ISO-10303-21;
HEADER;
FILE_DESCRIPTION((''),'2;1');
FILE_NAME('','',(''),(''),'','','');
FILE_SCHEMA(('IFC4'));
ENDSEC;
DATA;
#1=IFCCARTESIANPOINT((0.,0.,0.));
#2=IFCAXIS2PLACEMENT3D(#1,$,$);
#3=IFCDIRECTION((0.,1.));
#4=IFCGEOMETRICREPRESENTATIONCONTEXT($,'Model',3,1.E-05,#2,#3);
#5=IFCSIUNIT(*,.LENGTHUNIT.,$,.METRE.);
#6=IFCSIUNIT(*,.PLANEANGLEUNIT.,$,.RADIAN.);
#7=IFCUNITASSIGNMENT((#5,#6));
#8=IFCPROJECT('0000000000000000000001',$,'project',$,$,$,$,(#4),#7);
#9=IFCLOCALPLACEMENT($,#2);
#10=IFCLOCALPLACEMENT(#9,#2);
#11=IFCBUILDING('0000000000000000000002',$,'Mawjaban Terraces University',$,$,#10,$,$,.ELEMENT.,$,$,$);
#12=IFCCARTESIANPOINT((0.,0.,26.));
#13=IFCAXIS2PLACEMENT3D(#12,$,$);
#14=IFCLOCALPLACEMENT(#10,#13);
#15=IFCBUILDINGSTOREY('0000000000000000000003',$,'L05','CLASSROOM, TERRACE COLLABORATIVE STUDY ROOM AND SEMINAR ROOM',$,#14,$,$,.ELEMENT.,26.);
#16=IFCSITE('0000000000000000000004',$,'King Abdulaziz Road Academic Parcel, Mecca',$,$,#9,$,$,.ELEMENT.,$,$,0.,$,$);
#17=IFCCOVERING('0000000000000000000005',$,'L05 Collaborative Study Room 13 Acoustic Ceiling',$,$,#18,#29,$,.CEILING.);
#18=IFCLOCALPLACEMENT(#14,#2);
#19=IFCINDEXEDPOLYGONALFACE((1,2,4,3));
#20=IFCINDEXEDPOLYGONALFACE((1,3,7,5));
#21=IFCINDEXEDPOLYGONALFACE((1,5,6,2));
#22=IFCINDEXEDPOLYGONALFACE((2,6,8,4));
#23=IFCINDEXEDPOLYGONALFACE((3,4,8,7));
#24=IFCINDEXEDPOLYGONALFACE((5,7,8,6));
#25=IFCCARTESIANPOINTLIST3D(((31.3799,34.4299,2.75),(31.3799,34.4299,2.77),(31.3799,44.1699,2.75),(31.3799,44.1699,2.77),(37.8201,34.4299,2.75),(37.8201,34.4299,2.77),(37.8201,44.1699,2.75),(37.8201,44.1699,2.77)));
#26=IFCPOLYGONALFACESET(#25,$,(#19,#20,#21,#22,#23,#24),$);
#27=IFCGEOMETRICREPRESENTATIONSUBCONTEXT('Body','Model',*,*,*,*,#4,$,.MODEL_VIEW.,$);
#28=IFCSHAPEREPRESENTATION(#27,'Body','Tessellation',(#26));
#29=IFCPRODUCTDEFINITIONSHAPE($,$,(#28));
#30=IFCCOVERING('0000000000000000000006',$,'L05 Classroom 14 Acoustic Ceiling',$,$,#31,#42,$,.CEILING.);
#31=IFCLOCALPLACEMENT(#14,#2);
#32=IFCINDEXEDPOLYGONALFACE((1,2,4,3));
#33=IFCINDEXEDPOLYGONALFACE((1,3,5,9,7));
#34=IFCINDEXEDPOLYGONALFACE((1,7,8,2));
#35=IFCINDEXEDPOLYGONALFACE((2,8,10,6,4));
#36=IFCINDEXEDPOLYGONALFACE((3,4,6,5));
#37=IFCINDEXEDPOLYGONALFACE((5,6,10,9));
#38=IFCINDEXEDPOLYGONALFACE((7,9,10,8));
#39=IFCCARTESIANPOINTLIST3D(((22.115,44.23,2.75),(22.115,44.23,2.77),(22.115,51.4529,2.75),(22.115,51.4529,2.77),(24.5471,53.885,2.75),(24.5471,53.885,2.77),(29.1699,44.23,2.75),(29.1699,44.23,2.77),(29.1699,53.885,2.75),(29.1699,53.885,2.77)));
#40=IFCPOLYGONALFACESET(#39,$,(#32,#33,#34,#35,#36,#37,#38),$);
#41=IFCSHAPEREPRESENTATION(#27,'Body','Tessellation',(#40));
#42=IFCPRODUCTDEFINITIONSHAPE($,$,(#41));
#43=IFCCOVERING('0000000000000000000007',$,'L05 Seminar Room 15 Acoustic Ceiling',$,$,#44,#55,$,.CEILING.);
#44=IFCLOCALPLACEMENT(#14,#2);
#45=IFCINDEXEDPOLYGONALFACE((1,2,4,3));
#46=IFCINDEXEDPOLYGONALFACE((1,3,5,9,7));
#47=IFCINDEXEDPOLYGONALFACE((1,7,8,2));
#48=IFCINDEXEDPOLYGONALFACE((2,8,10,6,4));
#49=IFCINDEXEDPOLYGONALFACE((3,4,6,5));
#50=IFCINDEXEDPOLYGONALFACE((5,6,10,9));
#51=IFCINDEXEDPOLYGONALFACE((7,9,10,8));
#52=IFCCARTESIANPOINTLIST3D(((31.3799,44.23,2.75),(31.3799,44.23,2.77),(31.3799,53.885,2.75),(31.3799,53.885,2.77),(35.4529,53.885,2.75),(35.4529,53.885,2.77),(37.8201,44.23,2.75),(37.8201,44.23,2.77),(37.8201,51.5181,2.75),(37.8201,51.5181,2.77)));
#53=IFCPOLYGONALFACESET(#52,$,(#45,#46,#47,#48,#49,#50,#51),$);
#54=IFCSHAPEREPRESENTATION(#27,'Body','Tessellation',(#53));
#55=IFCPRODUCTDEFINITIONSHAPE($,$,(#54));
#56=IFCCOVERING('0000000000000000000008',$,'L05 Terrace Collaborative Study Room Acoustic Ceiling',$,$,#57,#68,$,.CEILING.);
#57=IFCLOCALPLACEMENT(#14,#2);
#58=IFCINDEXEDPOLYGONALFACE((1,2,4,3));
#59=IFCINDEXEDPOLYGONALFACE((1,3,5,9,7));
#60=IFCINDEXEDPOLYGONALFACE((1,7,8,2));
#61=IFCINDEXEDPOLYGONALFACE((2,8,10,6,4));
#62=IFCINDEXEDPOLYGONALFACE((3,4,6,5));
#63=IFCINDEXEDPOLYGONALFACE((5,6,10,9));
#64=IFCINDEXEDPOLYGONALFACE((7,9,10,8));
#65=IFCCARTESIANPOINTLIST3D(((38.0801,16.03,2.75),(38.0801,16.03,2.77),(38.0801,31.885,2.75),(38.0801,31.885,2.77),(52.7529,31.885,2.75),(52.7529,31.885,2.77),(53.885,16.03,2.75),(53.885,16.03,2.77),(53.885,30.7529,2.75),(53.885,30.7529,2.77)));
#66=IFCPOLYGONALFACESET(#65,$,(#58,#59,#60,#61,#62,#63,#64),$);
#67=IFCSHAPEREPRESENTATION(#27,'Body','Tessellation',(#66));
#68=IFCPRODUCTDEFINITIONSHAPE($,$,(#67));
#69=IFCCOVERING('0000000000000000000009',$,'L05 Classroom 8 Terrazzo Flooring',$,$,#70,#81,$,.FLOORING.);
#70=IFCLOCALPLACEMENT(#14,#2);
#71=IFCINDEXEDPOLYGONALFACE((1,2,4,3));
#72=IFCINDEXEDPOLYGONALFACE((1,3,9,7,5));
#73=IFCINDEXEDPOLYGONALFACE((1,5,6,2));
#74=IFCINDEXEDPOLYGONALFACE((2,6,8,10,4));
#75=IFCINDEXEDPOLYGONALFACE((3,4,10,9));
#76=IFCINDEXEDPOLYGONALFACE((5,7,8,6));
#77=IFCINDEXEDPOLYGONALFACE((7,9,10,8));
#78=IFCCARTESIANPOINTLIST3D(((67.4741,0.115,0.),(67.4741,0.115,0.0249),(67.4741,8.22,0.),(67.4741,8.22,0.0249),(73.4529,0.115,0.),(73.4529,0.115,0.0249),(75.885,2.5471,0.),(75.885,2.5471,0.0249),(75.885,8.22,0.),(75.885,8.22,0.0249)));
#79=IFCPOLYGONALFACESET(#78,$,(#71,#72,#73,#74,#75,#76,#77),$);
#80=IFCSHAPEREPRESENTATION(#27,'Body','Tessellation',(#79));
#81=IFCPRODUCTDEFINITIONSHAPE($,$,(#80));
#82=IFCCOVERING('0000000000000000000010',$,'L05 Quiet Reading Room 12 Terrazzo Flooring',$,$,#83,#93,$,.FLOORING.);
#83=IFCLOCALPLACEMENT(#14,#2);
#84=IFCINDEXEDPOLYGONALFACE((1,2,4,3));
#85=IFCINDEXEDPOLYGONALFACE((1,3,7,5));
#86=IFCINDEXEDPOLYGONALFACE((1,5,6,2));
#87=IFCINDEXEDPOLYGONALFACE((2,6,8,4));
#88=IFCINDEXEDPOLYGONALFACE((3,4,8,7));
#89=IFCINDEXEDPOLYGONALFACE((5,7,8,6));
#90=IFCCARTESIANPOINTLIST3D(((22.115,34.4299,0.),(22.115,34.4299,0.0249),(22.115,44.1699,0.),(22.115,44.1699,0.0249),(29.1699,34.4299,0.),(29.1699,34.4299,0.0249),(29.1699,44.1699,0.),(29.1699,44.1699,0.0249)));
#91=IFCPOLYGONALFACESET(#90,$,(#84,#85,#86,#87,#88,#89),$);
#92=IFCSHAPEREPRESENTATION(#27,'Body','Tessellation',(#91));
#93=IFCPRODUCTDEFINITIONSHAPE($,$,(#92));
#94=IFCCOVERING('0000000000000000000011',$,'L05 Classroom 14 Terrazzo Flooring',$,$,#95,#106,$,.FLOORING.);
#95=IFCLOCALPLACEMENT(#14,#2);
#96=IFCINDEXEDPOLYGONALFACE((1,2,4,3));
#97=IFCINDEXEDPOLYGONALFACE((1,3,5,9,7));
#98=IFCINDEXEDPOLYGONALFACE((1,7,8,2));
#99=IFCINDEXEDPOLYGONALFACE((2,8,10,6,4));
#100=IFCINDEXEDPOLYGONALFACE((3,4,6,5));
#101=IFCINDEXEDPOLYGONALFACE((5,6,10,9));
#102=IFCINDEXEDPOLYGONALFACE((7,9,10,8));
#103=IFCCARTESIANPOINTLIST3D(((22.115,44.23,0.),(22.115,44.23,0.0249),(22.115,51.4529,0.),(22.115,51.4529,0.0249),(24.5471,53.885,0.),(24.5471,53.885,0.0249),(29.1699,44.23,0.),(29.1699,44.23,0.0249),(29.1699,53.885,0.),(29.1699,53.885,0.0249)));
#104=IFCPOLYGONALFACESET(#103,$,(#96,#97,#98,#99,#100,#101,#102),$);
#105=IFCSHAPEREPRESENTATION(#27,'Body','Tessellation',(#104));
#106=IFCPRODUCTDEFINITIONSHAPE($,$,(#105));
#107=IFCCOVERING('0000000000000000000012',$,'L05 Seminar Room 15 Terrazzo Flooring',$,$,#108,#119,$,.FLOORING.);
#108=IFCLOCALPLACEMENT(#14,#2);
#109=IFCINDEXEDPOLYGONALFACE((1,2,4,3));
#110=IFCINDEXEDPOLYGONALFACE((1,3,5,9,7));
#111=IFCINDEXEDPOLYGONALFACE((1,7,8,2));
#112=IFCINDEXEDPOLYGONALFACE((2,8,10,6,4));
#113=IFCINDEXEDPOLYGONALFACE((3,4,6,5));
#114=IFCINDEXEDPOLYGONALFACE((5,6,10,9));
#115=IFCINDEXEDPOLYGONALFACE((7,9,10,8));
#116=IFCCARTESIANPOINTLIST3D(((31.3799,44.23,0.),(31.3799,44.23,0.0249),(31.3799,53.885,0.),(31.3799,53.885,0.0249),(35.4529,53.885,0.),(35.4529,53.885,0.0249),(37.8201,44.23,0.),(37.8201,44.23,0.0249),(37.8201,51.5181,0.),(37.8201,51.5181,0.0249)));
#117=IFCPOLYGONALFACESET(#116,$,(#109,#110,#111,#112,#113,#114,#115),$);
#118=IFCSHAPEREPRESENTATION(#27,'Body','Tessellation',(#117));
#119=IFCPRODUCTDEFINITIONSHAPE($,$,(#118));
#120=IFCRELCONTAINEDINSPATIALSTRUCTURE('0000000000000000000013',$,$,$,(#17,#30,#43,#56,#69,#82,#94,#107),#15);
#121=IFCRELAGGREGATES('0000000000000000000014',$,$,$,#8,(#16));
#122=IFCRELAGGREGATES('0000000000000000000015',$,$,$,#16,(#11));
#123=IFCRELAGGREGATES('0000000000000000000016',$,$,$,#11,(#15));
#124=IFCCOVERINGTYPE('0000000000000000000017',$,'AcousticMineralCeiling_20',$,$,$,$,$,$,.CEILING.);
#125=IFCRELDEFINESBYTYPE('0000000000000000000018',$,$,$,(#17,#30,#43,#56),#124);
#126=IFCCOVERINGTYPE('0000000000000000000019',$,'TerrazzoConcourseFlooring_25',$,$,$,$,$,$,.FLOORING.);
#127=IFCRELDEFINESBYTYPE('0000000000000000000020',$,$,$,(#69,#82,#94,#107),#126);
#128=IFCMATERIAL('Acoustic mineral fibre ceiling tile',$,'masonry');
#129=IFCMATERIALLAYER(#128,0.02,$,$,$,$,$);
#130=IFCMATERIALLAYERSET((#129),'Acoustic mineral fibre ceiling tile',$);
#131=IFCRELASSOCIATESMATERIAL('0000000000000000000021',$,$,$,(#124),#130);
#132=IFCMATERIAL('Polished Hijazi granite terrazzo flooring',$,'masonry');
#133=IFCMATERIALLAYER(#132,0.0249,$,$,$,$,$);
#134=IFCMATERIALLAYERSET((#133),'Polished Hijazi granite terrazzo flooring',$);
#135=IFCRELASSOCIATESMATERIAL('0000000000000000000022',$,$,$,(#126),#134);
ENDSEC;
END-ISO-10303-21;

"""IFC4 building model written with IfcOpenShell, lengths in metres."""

from ifc_helpers import new_model, si_unit, direction, frame, origin, place, context, subcontext, project, spatial, polyline, outline, extrude, material, layer, layer_set, type_object, element, save


model = new_model("IFC4")

# Units and contexts
model_context = context("Model", 3, precision=1e-05, world=origin(), true_north=direction((0.0, 1.0)))
body_context = subcontext(model_context, "Body", "Model", "MODEL_VIEW")
ifc_project = project(units=[si_unit("LENGTHUNIT", "METRE"), si_unit("PLANEANGLEUNIT", "RADIAN")], contexts=[model_context])

# Site, building, storey
site_placement = place(None, origin())
site = spatial("IfcSite", under=ifc_project, at=site_placement, Name="King Abdulaziz Road Academic Parcel, Mecca", CompositionType="ELEMENT", RefElevation=0.0)
building_placement = place(site_placement, origin())
building = spatial("IfcBuilding", under=site, at=building_placement, Name="Mawjaban Terraces University", CompositionType="ELEMENT")
storey_placement = place(building_placement, frame((0.0, 0.0, 26.0)))
storey = spatial("IfcBuildingStorey", under=building, at=storey_placement, Name="L05", Description="CLASSROOM, TERRACE COLLABORATIVE STUDY ROOM AND SEMINAR ROOM", CompositionType="ELEMENT", Elevation=26.0)

# Coverings
ifc_material_1 = material(Name="Acoustic mineral fibre ceiling tile", Category="masonry")
ifc_layer_1 = layer(ifc_material_1, 0.02)
ifc_layer_set_1 = layer_set([ifc_layer_1], Name="Acoustic mineral fibre ceiling tile")
covering_type_1 = type_object("IfcCoveringType", Name="AcousticMineralCeiling_20", PredefinedType="CEILING", material=ifc_layer_set_1)
covering_1_placement = place(storey_placement, frame((0.0, 0.0, 2.75)))
element("IfcCovering", 1, at=covering_1_placement, inside=storey, type_object=covering_type_1, Name="L05 Collaborative Study Room 13 Acoustic Ceiling", PredefinedType="CEILING", context=body_context, shape_type="SweptSolid", body=[
    extrude(outline(polyline([(37.8201, 34.4299), (37.8201, 44.1699), (31.3799, 44.1699), (31.3799, 34.4299), (37.8201, 34.4299)])), origin(), (0.0, 0.0, 1.0), 0.02),
])
covering_2_placement = place(storey_placement, frame((0.0, 0.0, 2.75)))
element("IfcCovering", 2, at=covering_2_placement, inside=storey, type_object=covering_type_1, Name="L05 Classroom 14 Acoustic Ceiling", PredefinedType="CEILING", context=body_context, shape_type="SweptSolid", body=[
    extrude(outline(polyline([(29.1699, 53.885), (24.5471, 53.885), (22.115, 51.4529), (22.115, 44.23), (29.1699, 44.23), (29.1699, 53.885)])), origin(), (0.0, 0.0, 1.0), 0.02),
])
covering_3_placement = place(storey_placement, frame((0.0, 0.0, 2.75)))
element("IfcCovering", 3, at=covering_3_placement, inside=storey, type_object=covering_type_1, Name="L05 Seminar Room 15 Acoustic Ceiling", PredefinedType="CEILING", context=body_context, shape_type="SweptSolid", body=[
    extrude(outline(polyline([(37.8201, 51.5181), (35.4529, 53.885), (31.3799, 53.885), (31.3799, 44.23), (37.8201, 44.23), (37.8201, 51.5181)])), origin(), (0.0, 0.0, 1.0), 0.02),
])
covering_4_placement = place(storey_placement, frame((0.0, 0.0, 2.75)))
element("IfcCovering", 4, at=covering_4_placement, inside=storey, type_object=covering_type_1, Name="L05 Terrace Collaborative Study Room Acoustic Ceiling", PredefinedType="CEILING", context=body_context, shape_type="SweptSolid", body=[
    extrude(outline(polyline([(53.885, 16.03), (53.885, 30.7529), (52.7529, 31.885), (38.0801, 31.885), (38.0801, 16.03), (53.885, 16.03)])), origin(), (0.0, 0.0, 1.0), 0.02),
])
ifc_material_2 = material(Name="Polished Hijazi granite terrazzo flooring", Category="masonry")
ifc_layer_2 = layer(ifc_material_2, 0.0249)
ifc_layer_set_2 = layer_set([ifc_layer_2], Name="Polished Hijazi granite terrazzo flooring")
covering_type_2 = type_object("IfcCoveringType", Name="TerrazzoConcourseFlooring_25", PredefinedType="FLOORING", material=ifc_layer_set_2)
covering_5_placement = place(storey_placement, origin())
element("IfcCovering", 5, at=covering_5_placement, inside=storey, type_object=covering_type_2, Name="L05 Classroom 8 Terrazzo Flooring", PredefinedType="FLOORING", context=body_context, shape_type="SweptSolid", body=[
    extrude(outline(polyline([(67.4741, 0.115), (73.4529, 0.115), (75.885, 2.5471), (75.885, 8.22), (67.4741, 8.22), (67.4741, 0.115)])), origin(), (0.0, 0.0, 1.0), 0.0249),
])
covering_6_placement = place(storey_placement, origin())
element("IfcCovering", 6, at=covering_6_placement, inside=storey, type_object=covering_type_2, Name="L05 Quiet Reading Room 12 Terrazzo Flooring", PredefinedType="FLOORING", context=body_context, shape_type="SweptSolid", body=[
    extrude(outline(polyline([(22.115, 44.1699), (22.115, 34.4299), (29.1699, 34.4299), (29.1699, 44.1699), (22.115, 44.1699)])), origin(), (0.0, 0.0, 1.0), 0.0249),
])
covering_7_placement = place(storey_placement, origin())
element("IfcCovering", 7, at=covering_7_placement, inside=storey, type_object=covering_type_2, Name="L05 Classroom 14 Terrazzo Flooring", PredefinedType="FLOORING", context=body_context, shape_type="SweptSolid", body=[
    extrude(outline(polyline([(29.1699, 53.885), (24.5471, 53.885), (22.115, 51.4529), (22.115, 44.23), (29.1699, 44.23), (29.1699, 53.885)])), origin(), (0.0, 0.0, 1.0), 0.0249),
])
covering_8_placement = place(storey_placement, origin())
element("IfcCovering", 8, at=covering_8_placement, inside=storey, type_object=covering_type_2, Name="L05 Seminar Room 15 Terrazzo Flooring", PredefinedType="FLOORING", context=body_context, shape_type="SweptSolid", body=[
    extrude(outline(polyline([(37.8201, 51.5181), (35.4529, 53.885), (31.3799, 53.885), (31.3799, 44.23), (37.8201, 44.23), (37.8201, 51.5181)])), origin(), (0.0, 0.0, 1.0), 0.0249),
])

save(model, "model.ifc")
